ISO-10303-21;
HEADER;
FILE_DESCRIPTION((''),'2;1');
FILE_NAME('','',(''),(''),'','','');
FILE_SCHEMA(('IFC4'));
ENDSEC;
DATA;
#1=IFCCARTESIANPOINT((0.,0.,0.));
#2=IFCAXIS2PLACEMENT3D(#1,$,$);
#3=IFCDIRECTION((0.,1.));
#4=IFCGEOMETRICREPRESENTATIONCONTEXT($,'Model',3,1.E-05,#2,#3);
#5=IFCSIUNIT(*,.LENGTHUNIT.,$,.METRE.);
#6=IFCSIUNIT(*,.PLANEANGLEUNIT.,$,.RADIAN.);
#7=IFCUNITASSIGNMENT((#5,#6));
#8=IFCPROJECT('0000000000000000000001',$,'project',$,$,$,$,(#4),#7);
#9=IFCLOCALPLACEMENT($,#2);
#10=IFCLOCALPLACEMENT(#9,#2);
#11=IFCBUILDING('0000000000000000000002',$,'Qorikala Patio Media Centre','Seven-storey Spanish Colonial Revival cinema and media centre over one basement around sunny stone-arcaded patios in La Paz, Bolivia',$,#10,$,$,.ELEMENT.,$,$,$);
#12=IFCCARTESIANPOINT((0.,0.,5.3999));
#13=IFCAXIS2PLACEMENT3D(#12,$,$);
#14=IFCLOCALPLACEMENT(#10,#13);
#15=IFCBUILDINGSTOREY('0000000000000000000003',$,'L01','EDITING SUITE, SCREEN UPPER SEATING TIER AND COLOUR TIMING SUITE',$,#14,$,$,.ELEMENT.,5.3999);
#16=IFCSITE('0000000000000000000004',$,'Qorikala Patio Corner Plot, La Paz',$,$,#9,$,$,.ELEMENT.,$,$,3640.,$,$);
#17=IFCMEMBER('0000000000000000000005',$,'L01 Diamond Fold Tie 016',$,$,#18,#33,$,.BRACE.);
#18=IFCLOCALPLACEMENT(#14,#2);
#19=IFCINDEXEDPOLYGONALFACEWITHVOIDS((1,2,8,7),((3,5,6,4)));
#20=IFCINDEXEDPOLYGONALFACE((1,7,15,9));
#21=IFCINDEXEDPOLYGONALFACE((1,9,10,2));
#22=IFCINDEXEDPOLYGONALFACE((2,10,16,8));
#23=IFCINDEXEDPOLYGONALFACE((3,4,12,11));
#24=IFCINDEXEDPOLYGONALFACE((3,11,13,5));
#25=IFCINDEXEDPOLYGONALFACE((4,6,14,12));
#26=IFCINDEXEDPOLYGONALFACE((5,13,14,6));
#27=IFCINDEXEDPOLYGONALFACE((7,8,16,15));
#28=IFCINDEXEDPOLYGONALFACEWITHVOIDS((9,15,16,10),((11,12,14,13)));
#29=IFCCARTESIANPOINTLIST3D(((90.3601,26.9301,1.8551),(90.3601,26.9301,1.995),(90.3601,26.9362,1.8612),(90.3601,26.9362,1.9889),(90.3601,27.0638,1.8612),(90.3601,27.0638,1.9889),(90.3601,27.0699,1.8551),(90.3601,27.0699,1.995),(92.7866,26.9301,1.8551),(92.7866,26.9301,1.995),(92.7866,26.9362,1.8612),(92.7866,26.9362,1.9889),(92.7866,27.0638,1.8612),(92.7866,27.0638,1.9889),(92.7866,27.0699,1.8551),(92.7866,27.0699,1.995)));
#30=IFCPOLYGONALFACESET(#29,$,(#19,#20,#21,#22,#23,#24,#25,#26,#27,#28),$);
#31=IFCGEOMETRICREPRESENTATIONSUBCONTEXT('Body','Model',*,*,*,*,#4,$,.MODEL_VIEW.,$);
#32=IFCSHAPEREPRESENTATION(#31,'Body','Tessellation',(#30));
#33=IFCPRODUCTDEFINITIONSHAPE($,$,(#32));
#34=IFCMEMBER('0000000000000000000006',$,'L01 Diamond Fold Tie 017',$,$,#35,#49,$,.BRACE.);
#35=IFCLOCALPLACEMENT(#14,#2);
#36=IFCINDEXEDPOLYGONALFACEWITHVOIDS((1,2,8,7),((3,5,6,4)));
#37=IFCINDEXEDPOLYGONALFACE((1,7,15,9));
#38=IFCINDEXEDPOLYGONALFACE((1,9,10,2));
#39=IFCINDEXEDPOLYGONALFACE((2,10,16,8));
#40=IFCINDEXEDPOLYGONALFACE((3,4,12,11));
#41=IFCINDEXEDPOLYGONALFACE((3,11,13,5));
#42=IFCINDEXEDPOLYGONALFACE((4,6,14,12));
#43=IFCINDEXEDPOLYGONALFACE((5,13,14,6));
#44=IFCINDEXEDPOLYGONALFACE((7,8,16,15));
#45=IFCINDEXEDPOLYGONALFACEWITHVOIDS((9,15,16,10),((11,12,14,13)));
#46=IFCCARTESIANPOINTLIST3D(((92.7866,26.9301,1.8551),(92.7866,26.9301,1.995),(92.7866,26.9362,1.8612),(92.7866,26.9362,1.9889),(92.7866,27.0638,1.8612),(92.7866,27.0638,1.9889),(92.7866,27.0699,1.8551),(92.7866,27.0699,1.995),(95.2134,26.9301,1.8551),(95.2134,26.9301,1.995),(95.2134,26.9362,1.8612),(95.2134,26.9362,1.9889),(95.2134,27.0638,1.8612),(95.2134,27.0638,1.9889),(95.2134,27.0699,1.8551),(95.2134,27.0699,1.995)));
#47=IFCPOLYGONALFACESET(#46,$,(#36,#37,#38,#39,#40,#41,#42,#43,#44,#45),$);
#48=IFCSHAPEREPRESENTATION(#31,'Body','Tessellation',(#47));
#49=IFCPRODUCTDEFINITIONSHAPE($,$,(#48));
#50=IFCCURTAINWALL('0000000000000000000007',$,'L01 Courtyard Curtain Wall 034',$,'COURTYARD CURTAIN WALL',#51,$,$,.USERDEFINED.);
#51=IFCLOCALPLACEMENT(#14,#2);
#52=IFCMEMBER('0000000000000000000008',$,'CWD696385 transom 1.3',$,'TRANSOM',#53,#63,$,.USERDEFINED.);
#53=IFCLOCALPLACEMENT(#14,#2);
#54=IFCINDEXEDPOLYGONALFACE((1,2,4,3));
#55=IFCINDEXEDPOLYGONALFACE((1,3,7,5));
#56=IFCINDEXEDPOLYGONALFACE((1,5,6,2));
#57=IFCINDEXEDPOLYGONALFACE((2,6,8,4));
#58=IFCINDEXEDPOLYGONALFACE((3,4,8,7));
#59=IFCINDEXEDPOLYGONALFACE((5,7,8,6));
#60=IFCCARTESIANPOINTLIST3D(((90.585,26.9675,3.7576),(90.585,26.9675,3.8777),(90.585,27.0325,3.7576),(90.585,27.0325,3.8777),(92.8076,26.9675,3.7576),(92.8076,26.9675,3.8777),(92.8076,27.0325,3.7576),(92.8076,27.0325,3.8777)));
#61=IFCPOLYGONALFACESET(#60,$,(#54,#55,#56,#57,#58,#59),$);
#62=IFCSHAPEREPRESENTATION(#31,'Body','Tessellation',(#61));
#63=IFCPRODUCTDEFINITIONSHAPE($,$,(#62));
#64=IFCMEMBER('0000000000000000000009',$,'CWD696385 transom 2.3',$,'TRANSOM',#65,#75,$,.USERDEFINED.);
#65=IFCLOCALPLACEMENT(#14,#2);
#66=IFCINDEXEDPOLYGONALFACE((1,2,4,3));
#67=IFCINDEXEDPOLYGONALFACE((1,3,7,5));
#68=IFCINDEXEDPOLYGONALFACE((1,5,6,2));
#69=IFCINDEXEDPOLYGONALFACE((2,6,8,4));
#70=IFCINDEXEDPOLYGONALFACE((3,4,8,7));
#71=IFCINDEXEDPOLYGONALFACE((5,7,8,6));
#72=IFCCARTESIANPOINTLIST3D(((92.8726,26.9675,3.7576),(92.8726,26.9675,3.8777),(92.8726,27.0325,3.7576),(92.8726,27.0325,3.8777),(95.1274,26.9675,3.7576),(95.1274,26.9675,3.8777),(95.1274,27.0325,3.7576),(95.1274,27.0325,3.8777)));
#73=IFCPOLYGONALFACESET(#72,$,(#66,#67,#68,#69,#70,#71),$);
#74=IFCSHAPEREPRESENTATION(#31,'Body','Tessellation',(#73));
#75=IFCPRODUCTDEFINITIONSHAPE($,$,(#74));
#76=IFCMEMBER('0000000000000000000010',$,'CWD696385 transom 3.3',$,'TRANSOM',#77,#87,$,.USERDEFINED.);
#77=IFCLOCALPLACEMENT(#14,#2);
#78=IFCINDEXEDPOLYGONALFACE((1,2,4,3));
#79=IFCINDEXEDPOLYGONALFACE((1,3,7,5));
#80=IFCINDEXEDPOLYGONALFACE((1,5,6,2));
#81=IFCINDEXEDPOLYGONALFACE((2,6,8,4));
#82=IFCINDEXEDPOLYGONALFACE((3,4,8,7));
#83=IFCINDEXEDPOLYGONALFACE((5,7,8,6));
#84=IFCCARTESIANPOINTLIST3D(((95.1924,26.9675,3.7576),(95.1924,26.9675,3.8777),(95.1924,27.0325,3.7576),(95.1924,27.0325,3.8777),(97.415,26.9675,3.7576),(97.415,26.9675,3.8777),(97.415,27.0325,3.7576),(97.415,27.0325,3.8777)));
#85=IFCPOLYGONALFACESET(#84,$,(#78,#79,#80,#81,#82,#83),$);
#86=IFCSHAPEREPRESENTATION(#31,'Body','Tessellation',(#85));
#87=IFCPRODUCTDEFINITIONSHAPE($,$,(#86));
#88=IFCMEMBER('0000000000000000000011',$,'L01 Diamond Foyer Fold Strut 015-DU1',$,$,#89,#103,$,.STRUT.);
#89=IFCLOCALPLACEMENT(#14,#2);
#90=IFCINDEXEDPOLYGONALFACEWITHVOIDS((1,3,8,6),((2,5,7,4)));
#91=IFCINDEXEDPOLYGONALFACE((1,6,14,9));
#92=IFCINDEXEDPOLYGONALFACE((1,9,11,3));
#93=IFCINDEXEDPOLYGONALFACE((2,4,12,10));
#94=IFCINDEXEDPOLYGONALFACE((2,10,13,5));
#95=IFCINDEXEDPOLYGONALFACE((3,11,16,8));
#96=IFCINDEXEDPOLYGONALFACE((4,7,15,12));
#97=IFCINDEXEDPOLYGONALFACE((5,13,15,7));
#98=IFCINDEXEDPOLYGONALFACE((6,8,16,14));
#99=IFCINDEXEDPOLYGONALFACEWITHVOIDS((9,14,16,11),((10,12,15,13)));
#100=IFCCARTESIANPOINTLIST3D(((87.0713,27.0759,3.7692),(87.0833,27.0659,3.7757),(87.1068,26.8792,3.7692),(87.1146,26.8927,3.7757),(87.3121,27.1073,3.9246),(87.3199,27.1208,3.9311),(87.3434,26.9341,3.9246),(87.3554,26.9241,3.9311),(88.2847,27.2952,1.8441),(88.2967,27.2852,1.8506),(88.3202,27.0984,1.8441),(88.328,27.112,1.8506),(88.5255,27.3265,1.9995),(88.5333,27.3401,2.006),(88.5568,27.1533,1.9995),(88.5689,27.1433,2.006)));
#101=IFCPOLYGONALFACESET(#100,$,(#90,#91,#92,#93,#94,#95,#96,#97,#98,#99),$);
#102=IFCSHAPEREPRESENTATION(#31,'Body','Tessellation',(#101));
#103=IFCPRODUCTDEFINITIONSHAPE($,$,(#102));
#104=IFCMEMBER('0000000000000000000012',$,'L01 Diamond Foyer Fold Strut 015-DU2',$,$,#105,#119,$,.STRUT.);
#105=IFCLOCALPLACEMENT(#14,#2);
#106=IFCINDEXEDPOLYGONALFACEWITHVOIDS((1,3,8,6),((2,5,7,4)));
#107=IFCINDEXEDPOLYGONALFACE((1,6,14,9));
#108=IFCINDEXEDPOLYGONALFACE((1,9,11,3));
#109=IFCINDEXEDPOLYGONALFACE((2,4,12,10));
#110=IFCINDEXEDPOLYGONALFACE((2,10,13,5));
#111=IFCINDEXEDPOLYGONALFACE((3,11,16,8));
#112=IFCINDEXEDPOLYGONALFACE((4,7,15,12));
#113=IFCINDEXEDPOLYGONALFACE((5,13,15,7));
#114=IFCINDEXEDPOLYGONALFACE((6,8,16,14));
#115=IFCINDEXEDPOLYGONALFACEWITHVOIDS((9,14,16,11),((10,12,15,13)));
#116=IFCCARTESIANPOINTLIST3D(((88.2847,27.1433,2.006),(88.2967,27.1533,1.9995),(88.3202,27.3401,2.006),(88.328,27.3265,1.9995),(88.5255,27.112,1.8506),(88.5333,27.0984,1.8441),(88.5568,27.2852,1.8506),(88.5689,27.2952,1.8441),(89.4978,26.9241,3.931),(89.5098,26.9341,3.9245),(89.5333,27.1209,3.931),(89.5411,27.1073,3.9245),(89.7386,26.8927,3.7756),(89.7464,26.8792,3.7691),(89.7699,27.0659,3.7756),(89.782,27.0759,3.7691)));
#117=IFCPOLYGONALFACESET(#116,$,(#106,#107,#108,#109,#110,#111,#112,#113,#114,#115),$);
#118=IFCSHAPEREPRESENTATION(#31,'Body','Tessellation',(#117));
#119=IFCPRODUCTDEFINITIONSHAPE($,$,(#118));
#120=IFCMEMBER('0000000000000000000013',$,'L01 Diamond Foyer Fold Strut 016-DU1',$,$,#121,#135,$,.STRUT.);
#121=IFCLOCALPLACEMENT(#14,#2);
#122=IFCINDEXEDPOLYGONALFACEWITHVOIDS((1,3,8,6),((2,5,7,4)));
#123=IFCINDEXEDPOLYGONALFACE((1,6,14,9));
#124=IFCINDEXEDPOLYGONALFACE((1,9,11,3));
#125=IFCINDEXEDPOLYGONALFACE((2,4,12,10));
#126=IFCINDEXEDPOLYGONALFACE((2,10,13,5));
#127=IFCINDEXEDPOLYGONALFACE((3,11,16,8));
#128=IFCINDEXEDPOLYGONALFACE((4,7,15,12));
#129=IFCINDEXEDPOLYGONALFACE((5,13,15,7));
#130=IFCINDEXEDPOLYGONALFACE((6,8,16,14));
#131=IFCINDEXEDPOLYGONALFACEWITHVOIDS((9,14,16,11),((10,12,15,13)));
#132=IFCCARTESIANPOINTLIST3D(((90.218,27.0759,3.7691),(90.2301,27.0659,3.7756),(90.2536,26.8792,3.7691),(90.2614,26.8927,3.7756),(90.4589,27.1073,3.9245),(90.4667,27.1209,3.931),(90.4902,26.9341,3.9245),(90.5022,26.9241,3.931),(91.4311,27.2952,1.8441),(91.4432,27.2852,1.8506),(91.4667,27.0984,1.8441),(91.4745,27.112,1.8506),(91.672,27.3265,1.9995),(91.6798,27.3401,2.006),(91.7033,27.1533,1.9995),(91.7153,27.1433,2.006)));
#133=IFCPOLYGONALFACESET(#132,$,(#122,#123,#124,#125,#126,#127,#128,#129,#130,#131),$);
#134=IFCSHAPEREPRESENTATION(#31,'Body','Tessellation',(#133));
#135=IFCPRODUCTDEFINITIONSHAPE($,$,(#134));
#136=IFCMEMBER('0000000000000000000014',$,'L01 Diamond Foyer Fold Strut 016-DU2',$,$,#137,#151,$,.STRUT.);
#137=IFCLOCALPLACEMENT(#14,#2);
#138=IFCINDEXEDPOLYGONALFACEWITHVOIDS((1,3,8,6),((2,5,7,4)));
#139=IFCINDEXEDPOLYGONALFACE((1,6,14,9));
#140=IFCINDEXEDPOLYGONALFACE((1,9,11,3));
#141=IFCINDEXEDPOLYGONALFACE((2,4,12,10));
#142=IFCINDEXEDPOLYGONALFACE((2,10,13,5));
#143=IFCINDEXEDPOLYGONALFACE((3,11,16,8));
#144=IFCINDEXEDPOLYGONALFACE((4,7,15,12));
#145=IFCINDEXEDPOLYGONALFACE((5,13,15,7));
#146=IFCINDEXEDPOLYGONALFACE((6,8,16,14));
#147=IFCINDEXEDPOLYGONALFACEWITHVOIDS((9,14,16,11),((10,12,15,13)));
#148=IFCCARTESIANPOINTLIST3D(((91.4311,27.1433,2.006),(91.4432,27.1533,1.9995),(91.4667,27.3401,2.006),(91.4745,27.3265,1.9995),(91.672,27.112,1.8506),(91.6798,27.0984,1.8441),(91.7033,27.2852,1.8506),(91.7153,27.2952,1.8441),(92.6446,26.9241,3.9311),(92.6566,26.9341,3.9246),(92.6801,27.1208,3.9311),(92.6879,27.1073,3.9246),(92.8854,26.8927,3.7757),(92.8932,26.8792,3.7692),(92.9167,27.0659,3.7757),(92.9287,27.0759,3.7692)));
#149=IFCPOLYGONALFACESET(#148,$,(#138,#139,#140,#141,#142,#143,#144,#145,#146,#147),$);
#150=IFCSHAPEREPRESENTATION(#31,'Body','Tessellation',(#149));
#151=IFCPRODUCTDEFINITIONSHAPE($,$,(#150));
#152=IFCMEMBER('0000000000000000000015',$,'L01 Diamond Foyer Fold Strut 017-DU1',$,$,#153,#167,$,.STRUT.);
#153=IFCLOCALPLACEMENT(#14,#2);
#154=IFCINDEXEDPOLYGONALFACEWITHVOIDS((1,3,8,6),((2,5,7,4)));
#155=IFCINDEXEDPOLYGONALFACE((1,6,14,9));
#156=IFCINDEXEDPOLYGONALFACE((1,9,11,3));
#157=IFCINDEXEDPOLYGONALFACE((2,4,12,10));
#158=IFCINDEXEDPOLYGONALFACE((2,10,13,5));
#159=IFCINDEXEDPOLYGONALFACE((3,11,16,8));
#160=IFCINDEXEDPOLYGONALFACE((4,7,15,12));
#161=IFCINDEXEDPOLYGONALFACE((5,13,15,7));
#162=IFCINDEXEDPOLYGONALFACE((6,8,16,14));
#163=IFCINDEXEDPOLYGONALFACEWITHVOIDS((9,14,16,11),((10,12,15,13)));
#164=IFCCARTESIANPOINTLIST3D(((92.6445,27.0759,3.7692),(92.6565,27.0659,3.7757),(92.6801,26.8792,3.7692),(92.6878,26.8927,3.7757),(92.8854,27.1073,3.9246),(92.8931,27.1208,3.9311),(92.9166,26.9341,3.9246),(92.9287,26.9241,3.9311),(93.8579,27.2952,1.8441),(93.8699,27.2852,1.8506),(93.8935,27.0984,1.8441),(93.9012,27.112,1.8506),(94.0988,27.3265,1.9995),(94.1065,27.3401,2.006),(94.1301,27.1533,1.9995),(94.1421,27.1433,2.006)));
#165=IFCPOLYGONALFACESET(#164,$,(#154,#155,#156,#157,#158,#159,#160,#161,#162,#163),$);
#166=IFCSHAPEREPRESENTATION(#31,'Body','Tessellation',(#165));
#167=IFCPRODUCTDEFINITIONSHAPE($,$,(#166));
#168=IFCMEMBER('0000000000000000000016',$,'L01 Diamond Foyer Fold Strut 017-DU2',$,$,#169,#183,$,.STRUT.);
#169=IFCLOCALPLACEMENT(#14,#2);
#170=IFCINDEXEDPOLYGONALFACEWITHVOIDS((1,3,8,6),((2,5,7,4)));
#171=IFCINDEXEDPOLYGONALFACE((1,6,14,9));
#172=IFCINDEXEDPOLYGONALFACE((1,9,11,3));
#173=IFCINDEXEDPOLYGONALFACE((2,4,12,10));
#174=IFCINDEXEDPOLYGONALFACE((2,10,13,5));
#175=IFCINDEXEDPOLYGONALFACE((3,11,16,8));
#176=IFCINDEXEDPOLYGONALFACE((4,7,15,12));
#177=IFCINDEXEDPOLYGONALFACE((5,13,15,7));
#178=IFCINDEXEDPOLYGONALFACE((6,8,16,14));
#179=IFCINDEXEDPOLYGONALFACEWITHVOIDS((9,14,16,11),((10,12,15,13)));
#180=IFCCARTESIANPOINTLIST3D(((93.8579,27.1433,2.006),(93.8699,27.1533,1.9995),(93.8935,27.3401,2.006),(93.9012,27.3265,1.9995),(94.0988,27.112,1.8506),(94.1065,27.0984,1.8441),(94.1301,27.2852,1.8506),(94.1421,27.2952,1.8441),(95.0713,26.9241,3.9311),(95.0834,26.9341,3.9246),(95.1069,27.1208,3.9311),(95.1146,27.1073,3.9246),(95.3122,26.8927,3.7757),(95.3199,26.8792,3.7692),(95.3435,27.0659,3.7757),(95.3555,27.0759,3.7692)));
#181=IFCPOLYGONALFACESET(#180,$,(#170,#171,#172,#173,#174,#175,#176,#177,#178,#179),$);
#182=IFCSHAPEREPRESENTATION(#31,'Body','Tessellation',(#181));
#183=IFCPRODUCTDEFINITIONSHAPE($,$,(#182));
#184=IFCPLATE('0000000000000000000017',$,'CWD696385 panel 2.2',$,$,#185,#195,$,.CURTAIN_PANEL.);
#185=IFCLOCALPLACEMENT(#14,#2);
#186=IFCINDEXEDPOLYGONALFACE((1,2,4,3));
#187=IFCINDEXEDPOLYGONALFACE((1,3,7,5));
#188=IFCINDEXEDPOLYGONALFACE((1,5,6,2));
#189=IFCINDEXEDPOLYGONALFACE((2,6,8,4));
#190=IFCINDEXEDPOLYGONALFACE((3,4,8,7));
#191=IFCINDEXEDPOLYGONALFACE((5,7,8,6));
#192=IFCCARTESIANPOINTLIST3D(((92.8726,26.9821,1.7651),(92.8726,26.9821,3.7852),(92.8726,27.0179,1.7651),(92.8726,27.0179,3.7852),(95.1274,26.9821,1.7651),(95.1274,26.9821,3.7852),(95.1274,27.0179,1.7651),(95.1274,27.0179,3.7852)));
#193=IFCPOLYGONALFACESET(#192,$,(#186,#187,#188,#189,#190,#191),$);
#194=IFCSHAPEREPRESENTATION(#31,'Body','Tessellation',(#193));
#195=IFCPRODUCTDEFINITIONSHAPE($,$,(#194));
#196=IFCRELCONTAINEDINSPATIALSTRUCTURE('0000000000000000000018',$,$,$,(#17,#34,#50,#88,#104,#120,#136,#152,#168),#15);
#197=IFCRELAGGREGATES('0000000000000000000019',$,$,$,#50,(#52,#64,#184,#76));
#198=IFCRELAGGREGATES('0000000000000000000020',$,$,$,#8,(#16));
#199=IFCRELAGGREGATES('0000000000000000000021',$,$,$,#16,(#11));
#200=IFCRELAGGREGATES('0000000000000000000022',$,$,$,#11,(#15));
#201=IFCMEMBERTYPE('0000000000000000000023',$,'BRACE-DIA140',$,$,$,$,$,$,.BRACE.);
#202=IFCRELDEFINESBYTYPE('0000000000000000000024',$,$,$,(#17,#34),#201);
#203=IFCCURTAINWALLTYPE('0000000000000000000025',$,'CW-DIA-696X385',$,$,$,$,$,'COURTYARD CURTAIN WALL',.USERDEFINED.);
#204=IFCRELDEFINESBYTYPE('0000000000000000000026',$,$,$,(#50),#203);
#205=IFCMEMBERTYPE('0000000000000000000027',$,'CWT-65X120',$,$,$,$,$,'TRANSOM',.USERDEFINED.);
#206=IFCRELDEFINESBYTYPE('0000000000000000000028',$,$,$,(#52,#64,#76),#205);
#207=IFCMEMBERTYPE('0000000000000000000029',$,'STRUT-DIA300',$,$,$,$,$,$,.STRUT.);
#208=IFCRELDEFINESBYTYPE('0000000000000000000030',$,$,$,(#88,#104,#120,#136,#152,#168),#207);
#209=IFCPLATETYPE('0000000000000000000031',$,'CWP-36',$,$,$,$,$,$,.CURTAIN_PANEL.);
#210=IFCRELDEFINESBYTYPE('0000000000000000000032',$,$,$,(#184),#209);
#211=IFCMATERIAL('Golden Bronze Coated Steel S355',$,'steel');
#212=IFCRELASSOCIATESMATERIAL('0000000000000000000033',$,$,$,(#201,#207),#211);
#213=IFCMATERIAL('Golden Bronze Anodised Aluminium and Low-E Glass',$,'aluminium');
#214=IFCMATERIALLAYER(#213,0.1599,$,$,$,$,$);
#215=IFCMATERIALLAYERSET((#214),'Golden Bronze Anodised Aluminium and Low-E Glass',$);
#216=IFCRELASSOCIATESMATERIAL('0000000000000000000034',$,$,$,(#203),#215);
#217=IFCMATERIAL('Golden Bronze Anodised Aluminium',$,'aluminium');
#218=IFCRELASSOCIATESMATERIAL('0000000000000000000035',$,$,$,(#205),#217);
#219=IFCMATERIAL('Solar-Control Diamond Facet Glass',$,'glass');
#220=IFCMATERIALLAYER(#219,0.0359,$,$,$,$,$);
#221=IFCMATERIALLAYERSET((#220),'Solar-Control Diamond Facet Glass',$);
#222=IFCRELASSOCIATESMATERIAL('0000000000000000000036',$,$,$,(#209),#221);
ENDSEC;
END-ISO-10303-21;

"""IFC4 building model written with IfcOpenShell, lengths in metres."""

from ifc_helpers import new_model, si_unit, direction, frame, origin, origin_2d, place, context, subcontext, project, spatial, rectangle, hollow_rectangle, extrude, material, layer, layer_set, material_profile, profile_set, type_object, element, aggregate, save


model = new_model("IFC4")

# Units and contexts
model_context = context("Model", 3, precision=1e-05, world=origin(), true_north=direction((0.0, 1.0)))
body_context = subcontext(model_context, "Body", "Model", "MODEL_VIEW")
ifc_project = project(units=[si_unit("LENGTHUNIT", "METRE"), si_unit("PLANEANGLEUNIT", "RADIAN")], contexts=[model_context])

# Site, building, storey
site_placement = place(None, origin())
site = spatial("IfcSite", under=ifc_project, at=site_placement, Name="Qorikala Patio Corner Plot, La Paz", CompositionType="ELEMENT", RefElevation=3640.0)
building_placement = place(site_placement, origin())
building = spatial("IfcBuilding", under=site, at=building_placement, Name="Qorikala Patio Media Centre", Description="Seven-storey Spanish Colonial Revival cinema and media centre over one basement around sunny stone-arcaded patios in La Paz, Bolivia", CompositionType="ELEMENT")
storey_placement = place(building_placement, frame((0.0, 0.0, 5.3999)))
storey = spatial("IfcBuildingStorey", under=building, at=storey_placement, Name="L01", Description="EDITING SUITE, SCREEN UPPER SEATING TIER AND COLOUR TIMING SUITE", CompositionType="ELEMENT", Elevation=5.3999)

# Members
ifc_material_1 = material(Name="Golden Bronze Coated Steel S355", Category="steel")
ifc_material_profile_1 = material_profile(ifc_material_1, hollow_rectangle(XDim=0.1399, YDim=0.1399, WallThickness=0.0061, at=origin_2d()), Name="HSS140X140X6")
ifc_profile_set_1 = profile_set([ifc_material_profile_1], Name="Golden Bronze Coated Steel S355")
member_type_1 = type_object("IfcMemberType", Name="BRACE-DIA140", PredefinedType="BRACE", material=ifc_profile_set_1)
member_1_placement = place(storey_placement, frame((90.3601, 27.0, 1.925), z_axis=(1.0, 0.0, 0.0), x_axis=(0.0, 1.0, 0.0)))
element("IfcMember", 1, at=member_1_placement, inside=storey, type_object=member_type_1, Name="L01 Diamond Fold Tie 016", PredefinedType="BRACE", context=body_context, shape_type="SweptSolid", body=[
    extrude(hollow_rectangle(XDim=0.1399, YDim=0.1399, WallThickness=0.0061, at=origin_2d()), origin(), (0.0, 0.0, 1.0), 2.4265),
])
member_2_placement = place(storey_placement, frame((92.7866, 27.0, 1.925), z_axis=(1.0, 0.0, 0.0), x_axis=(0.0, 1.0, 0.0)))
element("IfcMember", 2, at=member_2_placement, inside=storey, type_object=member_type_1, Name="L01 Diamond Fold Tie 017", PredefinedType="BRACE", context=body_context, shape_type="SweptSolid", body=[
    extrude(hollow_rectangle(XDim=0.1399, YDim=0.1399, WallThickness=0.0061, at=origin_2d()), origin(), (0.0, 0.0, 1.0), 2.4268),
])

# Curtain wall, members
ifc_material_2 = material(Name="Golden Bronze Anodised Aluminium and Low-E Glass", Category="aluminium")
ifc_layer_1 = layer(ifc_material_2, 0.1599)
ifc_layer_set_1 = layer_set([ifc_layer_1], Name="Golden Bronze Anodised Aluminium and Low-E Glass")
curtain_wall_type = type_object("IfcCurtainWallType", Name="CW-DIA-696X385", ElementType="COURTYARD CURTAIN WALL", PredefinedType="USERDEFINED", material=ifc_layer_set_1)
curtain_wall_placement = place(storey_placement, origin())
curtain_wall = element("IfcCurtainWall", 3, at=curtain_wall_placement, inside=storey, type_object=curtain_wall_type, Name="L01 Courtyard Curtain Wall 034", ObjectType="COURTYARD CURTAIN WALL", PredefinedType="USERDEFINED")
ifc_material_3 = material(Name="Golden Bronze Anodised Aluminium", Category="aluminium")
ifc_material_profile_2 = material_profile(ifc_material_3, rectangle(XDim=0.0649, YDim=0.1201, at=origin_2d()), Name="ALU TRANSOM 65x120")
ifc_profile_set_2 = profile_set([ifc_material_profile_2], Name="Golden Bronze Anodised Aluminium")
member_type_2 = type_object("IfcMemberType", Name="CWT-65X120", ElementType="TRANSOM", PredefinedType="USERDEFINED", material=ifc_profile_set_2)
member_3_placement = place(storey_placement, frame((90.585, 27.0, 3.8176), z_axis=(1.0, 0.0, 0.0), x_axis=(0.0, 1.0, 0.0)))
member_3 = element("IfcMember", 4, at=member_3_placement, type_object=member_type_2, Name="CWD696385 transom 1.3", ObjectType="TRANSOM", PredefinedType="USERDEFINED", context=body_context, shape_type="SweptSolid", body=[
    extrude(rectangle(XDim=0.0649, YDim=0.1201, at=origin_2d()), origin(), (0.0, 0.0, 1.0), 2.2227),
])
member_4_placement = place(storey_placement, frame((92.8726, 27.0, 3.8176), z_axis=(1.0, 0.0, 0.0), x_axis=(0.0, 1.0, 0.0)))
member_4 = element("IfcMember", 5, at=member_4_placement, type_object=member_type_2, Name="CWD696385 transom 2.3", ObjectType="TRANSOM", PredefinedType="USERDEFINED", context=body_context, shape_type="SweptSolid", body=[
    extrude(rectangle(XDim=0.0649, YDim=0.1201, at=origin_2d()), origin(), (0.0, 0.0, 1.0), 2.2549),
])
member_5_placement = place(storey_placement, frame((95.1924, 27.0, 3.8176), z_axis=(1.0, 0.0, 0.0), x_axis=(0.0, 1.0, 0.0)))
member_5 = element("IfcMember", 6, at=member_5_placement, type_object=member_type_2, Name="CWD696385 transom 3.3", ObjectType="TRANSOM", PredefinedType="USERDEFINED", context=body_context, shape_type="SweptSolid", body=[
    extrude(rectangle(XDim=0.0649, YDim=0.1201, at=origin_2d()), origin(), (0.0, 0.0, 1.0), 2.2227),
])

# Members
ifc_material_profile_3 = material_profile(ifc_material_1, hollow_rectangle(XDim=0.2, YDim=0.3, WallThickness=0.012, at=origin_2d()), Name="HSS300X200X12")
ifc_profile_set_3 = profile_set([ifc_material_profile_3], Name="Golden Bronze Coated Steel S355")
member_type_3 = type_object("IfcMemberType", Name="STRUT-DIA300", PredefinedType="STRUT", material=ifc_profile_set_3)
member_6_placement = place(storey_placement, frame((88.4268, 27.2192, 1.925), z_axis=(-0.530768, -0.095901, 0.842074), x_axis=(0.177805, -0.984066, 0.0)))
element("IfcMember", 7, at=member_6_placement, inside=storey, type_object=member_type_3, Name="L01 Diamond Foyer Fold Strut 015-DU1", PredefinedType="STRUT", context=body_context, shape_type="SweptSolid", body=[
    extrude(hollow_rectangle(XDim=0.2, YDim=0.3, WallThickness=0.012, at=origin_2d()), origin(), (0.0, 0.0, 1.0), 2.2861),
])
for number, where, z_axis, x_axis, name in (
    (8, (88.4268, 27.2192, 1.925), (0.530691, -0.095907, 0.842121), (0.17784, 0.984059, 0.0), "L01 Diamond Foyer Fold Strut 015-DU2"),
    (9, (91.5732, 27.2192, 1.925), (-0.530691, -0.095907, 0.842121), (0.17784, -0.984059, 0.0), "L01 Diamond Foyer Fold Strut 016-DU1"),
):
    element("IfcMember", number, at=place(storey_placement, frame(where, z_axis=z_axis, x_axis=x_axis)), inside=storey, type_object=member_type_3, Name=name, PredefinedType="STRUT", context=body_context, shape_type="SweptSolid", body=[
        extrude(hollow_rectangle(XDim=0.2, YDim=0.3, WallThickness=0.012, at=origin_2d()), origin(), (0.0, 0.0, 1.0), 2.2859),
    ])
for number, where, z_axis, x_axis, name in (
    (10, (91.5732, 27.2192, 1.925), (0.530768, -0.095901, 0.842074), (0.177805, 0.984066, 0.0), "L01 Diamond Foyer Fold Strut 016-DU2"),
    (11, (94.0, 27.2192, 1.925), (-0.530768, -0.095901, 0.842074), (0.177805, -0.984066, 0.0), "L01 Diamond Foyer Fold Strut 017-DU1"),
    (12, (94.0, 27.2192, 1.925), (0.530768, -0.095901, 0.842074), (0.177805, 0.984066, 0.0), "L01 Diamond Foyer Fold Strut 017-DU2"),
):
    element("IfcMember", number, at=place(storey_placement, frame(where, z_axis=z_axis, x_axis=x_axis)), inside=storey, type_object=member_type_3, Name=name, PredefinedType="STRUT", context=body_context, shape_type="SweptSolid", body=[
        extrude(hollow_rectangle(XDim=0.2, YDim=0.3, WallThickness=0.012, at=origin_2d()), origin(), (0.0, 0.0, 1.0), 2.2861),
    ])

# Plate
ifc_material_4 = material(Name="Solar-Control Diamond Facet Glass", Category="glass")
ifc_layer_2 = layer(ifc_material_4, 0.0359)
ifc_layer_set_2 = layer_set([ifc_layer_2], Name="Solar-Control Diamond Facet Glass")
plate_type_1 = type_object("IfcPlateType", Name="CWP-36", PredefinedType="CURTAIN_PANEL", material=ifc_layer_set_2)
plate_placement = place(storey_placement, frame((94.0, 27.0, 1.7651), z_axis=(0.0, 0.0, 1.0), x_axis=(1.0, 0.0, 0.0)))
plate = element("IfcPlate", 13, at=plate_placement, type_object=plate_type_1, Name="CWD696385 panel 2.2", PredefinedType="CURTAIN_PANEL", context=body_context, shape_type="SweptSolid", body=[
    extrude(rectangle(XDim=2.2549, YDim=0.0359, at=origin_2d()), origin(), (0.0, 0.0, 1.0), 2.02),
])
aggregate(curtain_wall, [member_3, member_4, plate, member_5])

save(model, "model.ifc")
